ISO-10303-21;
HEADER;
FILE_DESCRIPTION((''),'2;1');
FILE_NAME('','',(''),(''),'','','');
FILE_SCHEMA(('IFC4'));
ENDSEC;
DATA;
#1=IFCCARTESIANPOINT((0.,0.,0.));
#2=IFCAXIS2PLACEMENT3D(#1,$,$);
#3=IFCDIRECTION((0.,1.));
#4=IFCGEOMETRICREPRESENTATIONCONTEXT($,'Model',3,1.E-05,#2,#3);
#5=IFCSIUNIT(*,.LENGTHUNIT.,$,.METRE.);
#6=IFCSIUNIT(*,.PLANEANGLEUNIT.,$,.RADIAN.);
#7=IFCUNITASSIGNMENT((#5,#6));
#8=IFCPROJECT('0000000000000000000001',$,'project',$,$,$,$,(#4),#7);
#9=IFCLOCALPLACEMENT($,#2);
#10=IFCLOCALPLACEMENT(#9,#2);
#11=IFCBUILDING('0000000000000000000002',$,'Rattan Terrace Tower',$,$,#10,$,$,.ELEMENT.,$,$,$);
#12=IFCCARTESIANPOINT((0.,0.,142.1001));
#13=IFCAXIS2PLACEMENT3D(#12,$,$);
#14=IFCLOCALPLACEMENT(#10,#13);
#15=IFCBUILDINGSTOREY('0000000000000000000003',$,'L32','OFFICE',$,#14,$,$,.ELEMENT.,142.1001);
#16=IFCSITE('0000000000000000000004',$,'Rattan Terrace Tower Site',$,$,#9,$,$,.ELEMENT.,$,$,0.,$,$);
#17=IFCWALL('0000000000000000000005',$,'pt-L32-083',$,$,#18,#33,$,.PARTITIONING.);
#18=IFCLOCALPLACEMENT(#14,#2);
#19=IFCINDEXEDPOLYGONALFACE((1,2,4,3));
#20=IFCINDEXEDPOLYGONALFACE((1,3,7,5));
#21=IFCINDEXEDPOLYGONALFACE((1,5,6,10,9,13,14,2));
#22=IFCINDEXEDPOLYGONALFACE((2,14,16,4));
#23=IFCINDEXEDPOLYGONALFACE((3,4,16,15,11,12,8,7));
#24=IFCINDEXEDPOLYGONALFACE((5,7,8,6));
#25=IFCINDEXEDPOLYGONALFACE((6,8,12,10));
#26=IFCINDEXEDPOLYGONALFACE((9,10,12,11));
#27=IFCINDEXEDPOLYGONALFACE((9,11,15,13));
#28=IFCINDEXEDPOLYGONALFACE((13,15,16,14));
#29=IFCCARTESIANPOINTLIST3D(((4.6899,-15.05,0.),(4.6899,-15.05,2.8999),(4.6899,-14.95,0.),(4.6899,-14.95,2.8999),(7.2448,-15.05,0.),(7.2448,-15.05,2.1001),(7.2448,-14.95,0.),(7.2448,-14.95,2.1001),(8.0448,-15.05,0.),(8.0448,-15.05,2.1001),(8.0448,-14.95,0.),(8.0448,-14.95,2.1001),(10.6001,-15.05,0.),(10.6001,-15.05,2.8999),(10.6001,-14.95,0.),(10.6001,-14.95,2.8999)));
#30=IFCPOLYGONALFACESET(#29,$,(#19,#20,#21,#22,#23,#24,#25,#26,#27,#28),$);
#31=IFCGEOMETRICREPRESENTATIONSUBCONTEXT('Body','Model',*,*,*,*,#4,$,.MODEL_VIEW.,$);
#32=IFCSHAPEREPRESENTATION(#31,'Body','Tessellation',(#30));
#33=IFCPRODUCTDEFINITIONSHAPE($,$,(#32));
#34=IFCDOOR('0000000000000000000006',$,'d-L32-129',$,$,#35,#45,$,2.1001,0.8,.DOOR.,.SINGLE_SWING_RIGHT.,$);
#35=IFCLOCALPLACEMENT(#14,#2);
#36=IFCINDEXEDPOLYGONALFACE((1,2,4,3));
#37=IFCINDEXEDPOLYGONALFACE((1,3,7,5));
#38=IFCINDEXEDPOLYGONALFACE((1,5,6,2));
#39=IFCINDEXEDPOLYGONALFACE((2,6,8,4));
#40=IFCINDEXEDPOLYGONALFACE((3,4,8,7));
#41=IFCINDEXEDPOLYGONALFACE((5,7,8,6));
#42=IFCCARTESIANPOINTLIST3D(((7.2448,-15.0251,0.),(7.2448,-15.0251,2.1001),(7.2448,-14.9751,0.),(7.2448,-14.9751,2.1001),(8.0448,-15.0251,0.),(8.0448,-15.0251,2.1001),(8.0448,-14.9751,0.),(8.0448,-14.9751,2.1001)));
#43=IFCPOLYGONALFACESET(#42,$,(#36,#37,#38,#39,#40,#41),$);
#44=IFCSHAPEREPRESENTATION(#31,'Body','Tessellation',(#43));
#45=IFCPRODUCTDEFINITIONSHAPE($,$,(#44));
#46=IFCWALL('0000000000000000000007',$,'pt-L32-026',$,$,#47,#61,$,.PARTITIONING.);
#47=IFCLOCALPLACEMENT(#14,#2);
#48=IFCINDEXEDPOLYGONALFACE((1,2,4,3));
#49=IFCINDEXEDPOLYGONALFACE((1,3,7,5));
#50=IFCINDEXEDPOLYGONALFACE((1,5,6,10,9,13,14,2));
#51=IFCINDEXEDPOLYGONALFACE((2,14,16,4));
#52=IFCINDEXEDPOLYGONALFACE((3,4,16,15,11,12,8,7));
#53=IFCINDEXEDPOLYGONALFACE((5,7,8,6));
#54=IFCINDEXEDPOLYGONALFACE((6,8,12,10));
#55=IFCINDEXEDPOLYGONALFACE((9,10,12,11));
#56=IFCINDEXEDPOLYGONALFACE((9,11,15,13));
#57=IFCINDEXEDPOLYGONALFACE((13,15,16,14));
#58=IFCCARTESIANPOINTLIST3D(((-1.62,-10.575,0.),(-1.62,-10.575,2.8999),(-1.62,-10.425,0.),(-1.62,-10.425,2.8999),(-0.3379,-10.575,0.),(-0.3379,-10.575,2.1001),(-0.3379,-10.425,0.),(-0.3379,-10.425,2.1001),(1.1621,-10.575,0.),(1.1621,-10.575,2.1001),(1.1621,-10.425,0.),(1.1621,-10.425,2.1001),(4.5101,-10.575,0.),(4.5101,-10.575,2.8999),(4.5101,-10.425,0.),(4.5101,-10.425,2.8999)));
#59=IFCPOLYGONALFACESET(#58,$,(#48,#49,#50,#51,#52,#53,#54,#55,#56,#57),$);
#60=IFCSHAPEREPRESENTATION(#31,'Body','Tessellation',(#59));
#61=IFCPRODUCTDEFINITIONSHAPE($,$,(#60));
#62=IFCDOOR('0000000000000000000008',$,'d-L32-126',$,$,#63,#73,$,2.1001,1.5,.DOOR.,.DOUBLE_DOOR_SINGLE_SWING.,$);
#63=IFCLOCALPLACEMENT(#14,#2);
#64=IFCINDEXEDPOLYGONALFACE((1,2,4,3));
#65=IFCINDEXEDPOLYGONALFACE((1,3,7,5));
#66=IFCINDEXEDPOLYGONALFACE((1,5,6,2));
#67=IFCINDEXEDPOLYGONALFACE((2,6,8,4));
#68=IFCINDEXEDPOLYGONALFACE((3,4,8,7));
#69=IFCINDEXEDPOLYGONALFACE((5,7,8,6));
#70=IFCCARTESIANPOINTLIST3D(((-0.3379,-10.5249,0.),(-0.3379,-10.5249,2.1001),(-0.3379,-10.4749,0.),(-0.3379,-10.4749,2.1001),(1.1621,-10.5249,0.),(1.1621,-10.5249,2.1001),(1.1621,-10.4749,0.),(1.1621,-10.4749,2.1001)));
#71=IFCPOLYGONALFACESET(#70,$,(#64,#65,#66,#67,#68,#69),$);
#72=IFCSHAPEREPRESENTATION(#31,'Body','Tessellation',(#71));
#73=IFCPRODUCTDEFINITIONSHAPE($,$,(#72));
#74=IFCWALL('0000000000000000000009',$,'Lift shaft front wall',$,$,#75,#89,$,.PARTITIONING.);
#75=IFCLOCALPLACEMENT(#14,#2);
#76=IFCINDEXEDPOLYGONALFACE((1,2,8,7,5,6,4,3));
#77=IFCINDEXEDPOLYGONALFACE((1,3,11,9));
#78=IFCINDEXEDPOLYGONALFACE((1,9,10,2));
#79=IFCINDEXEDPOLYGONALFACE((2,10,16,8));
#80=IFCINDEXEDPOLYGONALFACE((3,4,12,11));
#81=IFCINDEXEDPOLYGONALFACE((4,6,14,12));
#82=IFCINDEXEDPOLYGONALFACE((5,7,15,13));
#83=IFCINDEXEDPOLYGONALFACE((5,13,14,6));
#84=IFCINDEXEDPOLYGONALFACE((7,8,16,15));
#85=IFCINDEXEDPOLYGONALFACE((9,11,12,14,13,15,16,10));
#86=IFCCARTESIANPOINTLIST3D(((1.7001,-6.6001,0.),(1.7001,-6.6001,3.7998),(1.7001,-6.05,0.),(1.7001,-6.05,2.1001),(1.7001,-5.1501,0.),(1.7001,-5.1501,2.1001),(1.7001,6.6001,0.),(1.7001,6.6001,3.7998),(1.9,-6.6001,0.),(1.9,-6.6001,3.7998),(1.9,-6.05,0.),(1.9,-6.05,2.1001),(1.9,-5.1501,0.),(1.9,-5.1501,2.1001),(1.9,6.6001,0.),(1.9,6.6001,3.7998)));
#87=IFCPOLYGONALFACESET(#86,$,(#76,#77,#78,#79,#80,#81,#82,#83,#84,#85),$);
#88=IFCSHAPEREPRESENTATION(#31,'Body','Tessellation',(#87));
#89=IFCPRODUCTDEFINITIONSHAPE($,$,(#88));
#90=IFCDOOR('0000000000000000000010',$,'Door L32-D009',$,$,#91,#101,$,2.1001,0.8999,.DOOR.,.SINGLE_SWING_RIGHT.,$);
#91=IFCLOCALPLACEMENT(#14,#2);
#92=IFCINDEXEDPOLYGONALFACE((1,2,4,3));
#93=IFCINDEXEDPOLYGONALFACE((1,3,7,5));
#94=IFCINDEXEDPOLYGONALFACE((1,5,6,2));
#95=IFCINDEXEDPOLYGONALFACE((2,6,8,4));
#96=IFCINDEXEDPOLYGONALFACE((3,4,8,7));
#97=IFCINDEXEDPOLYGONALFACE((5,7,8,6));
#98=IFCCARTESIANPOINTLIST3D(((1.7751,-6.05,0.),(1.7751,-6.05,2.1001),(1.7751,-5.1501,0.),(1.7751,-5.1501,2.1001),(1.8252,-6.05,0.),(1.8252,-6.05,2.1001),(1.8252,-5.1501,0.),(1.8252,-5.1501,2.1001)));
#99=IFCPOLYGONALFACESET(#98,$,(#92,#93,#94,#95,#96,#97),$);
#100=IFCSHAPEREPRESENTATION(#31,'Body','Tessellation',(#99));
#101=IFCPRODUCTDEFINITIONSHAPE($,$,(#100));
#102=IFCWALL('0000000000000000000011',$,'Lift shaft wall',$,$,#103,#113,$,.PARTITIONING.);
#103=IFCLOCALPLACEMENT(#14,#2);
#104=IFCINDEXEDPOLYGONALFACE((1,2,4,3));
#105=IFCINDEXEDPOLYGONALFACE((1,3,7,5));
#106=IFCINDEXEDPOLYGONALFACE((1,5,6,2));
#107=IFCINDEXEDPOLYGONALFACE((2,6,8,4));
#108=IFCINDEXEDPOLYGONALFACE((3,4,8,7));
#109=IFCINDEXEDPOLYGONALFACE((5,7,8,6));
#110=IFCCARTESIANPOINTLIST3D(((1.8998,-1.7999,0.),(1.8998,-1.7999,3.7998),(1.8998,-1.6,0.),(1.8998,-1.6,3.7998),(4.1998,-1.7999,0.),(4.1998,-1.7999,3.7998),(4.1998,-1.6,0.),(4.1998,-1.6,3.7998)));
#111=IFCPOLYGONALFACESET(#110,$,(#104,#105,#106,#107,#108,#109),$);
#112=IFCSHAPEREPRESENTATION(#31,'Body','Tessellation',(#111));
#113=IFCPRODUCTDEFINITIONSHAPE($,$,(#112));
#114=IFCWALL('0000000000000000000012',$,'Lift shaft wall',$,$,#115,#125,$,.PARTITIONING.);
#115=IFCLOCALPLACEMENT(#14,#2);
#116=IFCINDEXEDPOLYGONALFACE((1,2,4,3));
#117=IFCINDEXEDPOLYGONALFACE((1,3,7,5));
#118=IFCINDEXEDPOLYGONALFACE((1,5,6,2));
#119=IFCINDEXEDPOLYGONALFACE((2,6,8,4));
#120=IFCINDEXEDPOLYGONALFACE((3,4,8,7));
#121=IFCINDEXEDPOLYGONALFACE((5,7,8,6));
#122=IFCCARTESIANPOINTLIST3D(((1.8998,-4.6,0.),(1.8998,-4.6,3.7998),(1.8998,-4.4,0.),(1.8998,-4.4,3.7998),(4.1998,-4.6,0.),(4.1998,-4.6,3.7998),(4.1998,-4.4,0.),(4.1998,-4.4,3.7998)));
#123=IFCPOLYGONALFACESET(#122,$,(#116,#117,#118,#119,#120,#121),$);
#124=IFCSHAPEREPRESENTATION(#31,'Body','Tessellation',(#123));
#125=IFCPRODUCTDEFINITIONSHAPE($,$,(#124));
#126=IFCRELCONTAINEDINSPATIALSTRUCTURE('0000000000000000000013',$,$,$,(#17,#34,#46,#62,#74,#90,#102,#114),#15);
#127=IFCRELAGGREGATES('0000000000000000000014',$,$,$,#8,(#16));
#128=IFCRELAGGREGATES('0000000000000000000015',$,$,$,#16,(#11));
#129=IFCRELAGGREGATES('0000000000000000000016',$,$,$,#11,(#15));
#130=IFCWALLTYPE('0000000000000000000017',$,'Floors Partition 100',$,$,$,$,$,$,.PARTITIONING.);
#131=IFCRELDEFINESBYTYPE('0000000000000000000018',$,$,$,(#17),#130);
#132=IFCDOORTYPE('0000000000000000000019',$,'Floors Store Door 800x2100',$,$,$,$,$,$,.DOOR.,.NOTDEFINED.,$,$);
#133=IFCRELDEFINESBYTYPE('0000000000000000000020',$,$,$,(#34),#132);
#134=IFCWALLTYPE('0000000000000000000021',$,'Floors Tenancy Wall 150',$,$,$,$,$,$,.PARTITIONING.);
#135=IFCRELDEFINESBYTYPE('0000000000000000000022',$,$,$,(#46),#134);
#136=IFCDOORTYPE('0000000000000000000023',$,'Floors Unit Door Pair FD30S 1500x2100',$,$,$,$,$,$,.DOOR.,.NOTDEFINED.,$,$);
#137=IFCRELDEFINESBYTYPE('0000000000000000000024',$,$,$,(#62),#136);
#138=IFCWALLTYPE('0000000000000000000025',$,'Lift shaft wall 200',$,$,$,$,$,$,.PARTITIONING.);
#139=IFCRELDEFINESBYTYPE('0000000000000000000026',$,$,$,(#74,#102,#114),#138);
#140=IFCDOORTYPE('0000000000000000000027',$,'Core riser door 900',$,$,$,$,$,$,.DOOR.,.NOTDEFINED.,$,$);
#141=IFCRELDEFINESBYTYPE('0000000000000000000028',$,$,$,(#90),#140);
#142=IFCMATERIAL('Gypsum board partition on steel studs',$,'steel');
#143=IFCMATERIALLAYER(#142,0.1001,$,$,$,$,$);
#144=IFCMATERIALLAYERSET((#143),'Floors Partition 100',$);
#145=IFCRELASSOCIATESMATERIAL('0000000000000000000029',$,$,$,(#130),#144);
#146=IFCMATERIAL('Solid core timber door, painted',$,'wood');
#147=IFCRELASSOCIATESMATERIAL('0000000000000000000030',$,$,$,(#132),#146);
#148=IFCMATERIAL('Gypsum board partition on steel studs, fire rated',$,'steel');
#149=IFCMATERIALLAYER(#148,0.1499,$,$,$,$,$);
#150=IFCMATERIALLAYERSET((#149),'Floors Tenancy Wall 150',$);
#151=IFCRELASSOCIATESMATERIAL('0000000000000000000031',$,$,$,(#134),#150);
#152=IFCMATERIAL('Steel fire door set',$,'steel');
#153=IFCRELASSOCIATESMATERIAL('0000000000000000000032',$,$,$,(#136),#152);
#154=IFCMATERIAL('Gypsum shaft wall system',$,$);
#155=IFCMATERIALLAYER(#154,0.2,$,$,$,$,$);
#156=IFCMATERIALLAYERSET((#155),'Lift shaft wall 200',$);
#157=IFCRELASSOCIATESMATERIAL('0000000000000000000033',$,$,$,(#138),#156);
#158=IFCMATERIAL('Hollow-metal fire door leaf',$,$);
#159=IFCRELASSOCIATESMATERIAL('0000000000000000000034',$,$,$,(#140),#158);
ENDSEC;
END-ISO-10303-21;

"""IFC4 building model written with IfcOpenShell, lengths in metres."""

from ifc_helpers import new_model, si_unit, direction, frame, frame_2d, origin, place, context, subcontext, project, spatial, rectangle, extrude, material, layer, layer_set, type_object, element, fill, save


model = new_model("IFC4")

# Units and contexts
model_context = context("Model", 3, precision=1e-05, world=origin(), true_north=direction((0.0, 1.0)))
body_context = subcontext(model_context, "Body", "Model", "MODEL_VIEW")
ifc_project = project(units=[si_unit("LENGTHUNIT", "METRE"), si_unit("PLANEANGLEUNIT", "RADIAN")], contexts=[model_context])

# Site, building, storey
site_placement = place(None, origin())
site = spatial("IfcSite", under=ifc_project, at=site_placement, Name="Rattan Terrace Tower Site", CompositionType="ELEMENT", RefElevation=0.0)
building_placement = place(site_placement, origin())
building = spatial("IfcBuilding", under=site, at=building_placement, Name="Rattan Terrace Tower", CompositionType="ELEMENT")
storey_placement = place(building_placement, frame((0.0, 0.0, 142.1001)))
storey = spatial("IfcBuildingStorey", under=building, at=storey_placement, Name="L32", Description="OFFICE", CompositionType="ELEMENT", Elevation=142.1001)

# Walls, openings, doors
ifc_material_1 = material(Name="Gypsum board partition on steel studs", Category="steel")
ifc_layer_1 = layer(ifc_material_1, 0.1001)
ifc_layer_set_1 = layer_set([ifc_layer_1], Name="Floors Partition 100")
wall_type_1 = type_object("IfcWallType", Name="Floors Partition 100", PredefinedType="PARTITIONING", material=ifc_layer_set_1)
wall_1_placement = place(storey_placement, frame((4.6899, -15.0, 0.0), z_axis=(0.0, 0.0, 1.0), x_axis=(1.0, 0.0, 0.0)))
wall_1 = element("IfcWall", 1, at=wall_1_placement, inside=storey, type_object=wall_type_1, Name="pt-L32-083", PredefinedType="PARTITIONING", context=body_context, shape_type="SweptSolid", body=[
    extrude(rectangle(XDim=5.9102, YDim=0.1001, at=frame_2d((2.9551, 0.0))), origin(), (0.0, 0.0, 1.0), 2.8999),
])
opening_1_placement = place(wall_1_placement, frame((2.5549, 0.0, 0.0)))
opening_1 = element("IfcOpeningElement", 2, at=opening_1_placement, cuts=wall_1, PredefinedType="OPENING", context=body_context, shape_type="SweptSolid", body=[
    extrude(rectangle(XDim=0.8, YDim=2.1001, at=frame_2d((0.3999, 1.05))), frame((0.0, 0.0605, 0.0), z_axis=(0.0, -1.0, 0.0), x_axis=(1.0, 0.0, 0.0)), (0.0, 0.0, 1.0), 0.1211),
])
ifc_material_2 = material(Name="Solid core timber door, painted", Category="wood")
door_type_1 = type_object("IfcDoorType", Name="Floors Store Door 800x2100", OperationType="NOTDEFINED", PredefinedType="DOOR", material=ifc_material_2)
door_1_placement = place(opening_1_placement, origin())
door_1 = element("IfcDoor", 3, at=door_1_placement, inside=storey, type_object=door_type_1, Name="d-L32-129", OperationType="SINGLE_SWING_RIGHT", OverallHeight=2.1001, OverallWidth=0.8, PredefinedType="DOOR", context=body_context, shape_type="SweptSolid", body=[
    extrude(rectangle(XDim=0.8, YDim=2.1001, at=frame_2d((0.3999, 1.05))), frame((0.0, 0.0249, 0.0), z_axis=(0.0, -1.0, 0.0), x_axis=(1.0, 0.0, 0.0)), (0.0, 0.0, 1.0), 0.05),
])
fill(opening_1, door_1)
ifc_material_3 = material(Name="Gypsum board partition on steel studs, fire rated", Category="steel")
ifc_layer_2 = layer(ifc_material_3, 0.1499)
ifc_layer_set_2 = layer_set([ifc_layer_2], Name="Floors Tenancy Wall 150")
wall_type_2 = type_object("IfcWallType", Name="Floors Tenancy Wall 150", PredefinedType="PARTITIONING", material=ifc_layer_set_2)
wall_2_placement = place(storey_placement, frame((4.51, -10.5, 0.0), z_axis=(0.0, 0.0, 1.0), x_axis=(-1.0, 0.0, 0.0)))
wall_2 = element("IfcWall", 4, at=wall_2_placement, inside=storey, type_object=wall_type_2, Name="pt-L32-026", PredefinedType="PARTITIONING", context=body_context, shape_type="SweptSolid", body=[
    extrude(rectangle(XDim=6.1301, YDim=0.1499, at=frame_2d((3.0649, 0.0))), origin(), (0.0, 0.0, 1.0), 2.8999),
])
opening_2_placement = place(wall_2_placement, frame((3.3479, 0.0, 0.0)))
opening_2 = element("IfcOpeningElement", 5, at=opening_2_placement, cuts=wall_2, PredefinedType="OPENING", context=body_context, shape_type="SweptSolid", body=[
    extrude(rectangle(XDim=1.5, YDim=2.1001, at=frame_2d((0.75, 1.05))), frame((0.0, 0.0854, 0.0), z_axis=(0.0, -1.0, 0.0), x_axis=(1.0, 0.0, 0.0)), (0.0, 0.0, 1.0), 0.1709),
])
ifc_material_4 = material(Name="Steel fire door set", Category="steel")
door_type_2 = type_object("IfcDoorType", Name="Floors Unit Door Pair FD30S 1500x2100", OperationType="NOTDEFINED", PredefinedType="DOOR", material=ifc_material_4)
door_2_placement = place(opening_2_placement, origin())
door_2 = element("IfcDoor", 6, at=door_2_placement, inside=storey, type_object=door_type_2, Name="d-L32-126", OperationType="DOUBLE_DOOR_SINGLE_SWING", OverallHeight=2.1001, OverallWidth=1.5, PredefinedType="DOOR", context=body_context, shape_type="SweptSolid", body=[
    extrude(rectangle(XDim=1.5, YDim=2.1001, at=frame_2d((0.75, 1.05))), frame((0.0, 0.0249, 0.0), z_axis=(0.0, -1.0, 0.0), x_axis=(1.0, 0.0, 0.0)), (0.0, 0.0, 1.0), 0.05),
])
fill(opening_2, door_2)
ifc_material_5 = material(Name="Gypsum shaft wall system")
ifc_layer_3 = layer(ifc_material_5, 0.2)
ifc_layer_set_3 = layer_set([ifc_layer_3], Name="Lift shaft wall 200")
wall_type_3 = type_object("IfcWallType", Name="Lift shaft wall 200", PredefinedType="PARTITIONING", material=ifc_layer_set_3)
wall_3_placement = place(storey_placement, frame((1.8, -6.6001, 0.0), z_axis=(0.0, 0.0, 1.0), x_axis=(0.0, 1.0, 0.0)))
wall_3 = element("IfcWall", 7, at=wall_3_placement, inside=storey, type_object=wall_type_3, Name="Lift shaft front wall", PredefinedType="PARTITIONING", context=body_context, shape_type="SweptSolid", body=[
    extrude(rectangle(XDim=13.2002, YDim=0.2, at=frame_2d((6.6001, 0.0))), origin(), (0.0, 0.0, 1.0), 3.7998),
])
opening_3_placement = place(wall_3_placement, frame((0.55, 0.0, 0.0)))
opening_3 = element("IfcOpeningElement", 8, at=opening_3_placement, cuts=wall_3, PredefinedType="OPENING", context=body_context, shape_type="SweptSolid", body=[
    extrude(rectangle(XDim=0.8999, YDim=2.1001, at=frame_2d((0.45, 1.05))), frame((0.0, 0.1106, 0.0), z_axis=(0.0, -1.0, 0.0), x_axis=(1.0, 0.0, 0.0)), (0.0, 0.0, 1.0), 0.2209),
])
ifc_material_6 = material(Name="Hollow-metal fire door leaf")
door_type_3 = type_object("IfcDoorType", Name="Core riser door 900", OperationType="NOTDEFINED", PredefinedType="DOOR", material=ifc_material_6)
door_3_placement = place(opening_3_placement, origin())
door_3 = element("IfcDoor", 9, at=door_3_placement, inside=storey, type_object=door_type_3, Name="Door L32-D009", OperationType="SINGLE_SWING_RIGHT", OverallHeight=2.1001, OverallWidth=0.8999, PredefinedType="DOOR", context=body_context, shape_type="SweptSolid", body=[
    extrude(rectangle(XDim=0.8999, YDim=2.1001, at=frame_2d((0.45, 1.05))), frame((0.0, 0.0249, 0.0), z_axis=(0.0, -1.0, 0.0), x_axis=(1.0, 0.0, 0.0)), (0.0, 0.0, 1.0), 0.05),
])
fill(opening_3, door_3)

# Walls
for number, where, z_axis, x_axis, name in (
    (10, (1.8999, -1.7, 0.0), (0.0, 0.0, 1.0), (1.0, 0.0, 0.0), "Lift shaft wall"),
    (11, (1.8999, -4.5, 0.0), (0.0, 0.0, 1.0), (1.0, 0.0, 0.0), "Lift shaft wall"),
):
    element("IfcWall", number, at=place(storey_placement, frame(where, z_axis=z_axis, x_axis=x_axis)), inside=storey, type_object=wall_type_3, Name=name, PredefinedType="PARTITIONING", context=body_context, shape_type="SweptSolid", body=[
        extrude(rectangle(XDim=2.3, YDim=0.2, at=frame_2d((1.1499, 0.0))), origin(), (0.0, 0.0, 1.0), 3.7998),
    ])

save(model, "model.ifc")
